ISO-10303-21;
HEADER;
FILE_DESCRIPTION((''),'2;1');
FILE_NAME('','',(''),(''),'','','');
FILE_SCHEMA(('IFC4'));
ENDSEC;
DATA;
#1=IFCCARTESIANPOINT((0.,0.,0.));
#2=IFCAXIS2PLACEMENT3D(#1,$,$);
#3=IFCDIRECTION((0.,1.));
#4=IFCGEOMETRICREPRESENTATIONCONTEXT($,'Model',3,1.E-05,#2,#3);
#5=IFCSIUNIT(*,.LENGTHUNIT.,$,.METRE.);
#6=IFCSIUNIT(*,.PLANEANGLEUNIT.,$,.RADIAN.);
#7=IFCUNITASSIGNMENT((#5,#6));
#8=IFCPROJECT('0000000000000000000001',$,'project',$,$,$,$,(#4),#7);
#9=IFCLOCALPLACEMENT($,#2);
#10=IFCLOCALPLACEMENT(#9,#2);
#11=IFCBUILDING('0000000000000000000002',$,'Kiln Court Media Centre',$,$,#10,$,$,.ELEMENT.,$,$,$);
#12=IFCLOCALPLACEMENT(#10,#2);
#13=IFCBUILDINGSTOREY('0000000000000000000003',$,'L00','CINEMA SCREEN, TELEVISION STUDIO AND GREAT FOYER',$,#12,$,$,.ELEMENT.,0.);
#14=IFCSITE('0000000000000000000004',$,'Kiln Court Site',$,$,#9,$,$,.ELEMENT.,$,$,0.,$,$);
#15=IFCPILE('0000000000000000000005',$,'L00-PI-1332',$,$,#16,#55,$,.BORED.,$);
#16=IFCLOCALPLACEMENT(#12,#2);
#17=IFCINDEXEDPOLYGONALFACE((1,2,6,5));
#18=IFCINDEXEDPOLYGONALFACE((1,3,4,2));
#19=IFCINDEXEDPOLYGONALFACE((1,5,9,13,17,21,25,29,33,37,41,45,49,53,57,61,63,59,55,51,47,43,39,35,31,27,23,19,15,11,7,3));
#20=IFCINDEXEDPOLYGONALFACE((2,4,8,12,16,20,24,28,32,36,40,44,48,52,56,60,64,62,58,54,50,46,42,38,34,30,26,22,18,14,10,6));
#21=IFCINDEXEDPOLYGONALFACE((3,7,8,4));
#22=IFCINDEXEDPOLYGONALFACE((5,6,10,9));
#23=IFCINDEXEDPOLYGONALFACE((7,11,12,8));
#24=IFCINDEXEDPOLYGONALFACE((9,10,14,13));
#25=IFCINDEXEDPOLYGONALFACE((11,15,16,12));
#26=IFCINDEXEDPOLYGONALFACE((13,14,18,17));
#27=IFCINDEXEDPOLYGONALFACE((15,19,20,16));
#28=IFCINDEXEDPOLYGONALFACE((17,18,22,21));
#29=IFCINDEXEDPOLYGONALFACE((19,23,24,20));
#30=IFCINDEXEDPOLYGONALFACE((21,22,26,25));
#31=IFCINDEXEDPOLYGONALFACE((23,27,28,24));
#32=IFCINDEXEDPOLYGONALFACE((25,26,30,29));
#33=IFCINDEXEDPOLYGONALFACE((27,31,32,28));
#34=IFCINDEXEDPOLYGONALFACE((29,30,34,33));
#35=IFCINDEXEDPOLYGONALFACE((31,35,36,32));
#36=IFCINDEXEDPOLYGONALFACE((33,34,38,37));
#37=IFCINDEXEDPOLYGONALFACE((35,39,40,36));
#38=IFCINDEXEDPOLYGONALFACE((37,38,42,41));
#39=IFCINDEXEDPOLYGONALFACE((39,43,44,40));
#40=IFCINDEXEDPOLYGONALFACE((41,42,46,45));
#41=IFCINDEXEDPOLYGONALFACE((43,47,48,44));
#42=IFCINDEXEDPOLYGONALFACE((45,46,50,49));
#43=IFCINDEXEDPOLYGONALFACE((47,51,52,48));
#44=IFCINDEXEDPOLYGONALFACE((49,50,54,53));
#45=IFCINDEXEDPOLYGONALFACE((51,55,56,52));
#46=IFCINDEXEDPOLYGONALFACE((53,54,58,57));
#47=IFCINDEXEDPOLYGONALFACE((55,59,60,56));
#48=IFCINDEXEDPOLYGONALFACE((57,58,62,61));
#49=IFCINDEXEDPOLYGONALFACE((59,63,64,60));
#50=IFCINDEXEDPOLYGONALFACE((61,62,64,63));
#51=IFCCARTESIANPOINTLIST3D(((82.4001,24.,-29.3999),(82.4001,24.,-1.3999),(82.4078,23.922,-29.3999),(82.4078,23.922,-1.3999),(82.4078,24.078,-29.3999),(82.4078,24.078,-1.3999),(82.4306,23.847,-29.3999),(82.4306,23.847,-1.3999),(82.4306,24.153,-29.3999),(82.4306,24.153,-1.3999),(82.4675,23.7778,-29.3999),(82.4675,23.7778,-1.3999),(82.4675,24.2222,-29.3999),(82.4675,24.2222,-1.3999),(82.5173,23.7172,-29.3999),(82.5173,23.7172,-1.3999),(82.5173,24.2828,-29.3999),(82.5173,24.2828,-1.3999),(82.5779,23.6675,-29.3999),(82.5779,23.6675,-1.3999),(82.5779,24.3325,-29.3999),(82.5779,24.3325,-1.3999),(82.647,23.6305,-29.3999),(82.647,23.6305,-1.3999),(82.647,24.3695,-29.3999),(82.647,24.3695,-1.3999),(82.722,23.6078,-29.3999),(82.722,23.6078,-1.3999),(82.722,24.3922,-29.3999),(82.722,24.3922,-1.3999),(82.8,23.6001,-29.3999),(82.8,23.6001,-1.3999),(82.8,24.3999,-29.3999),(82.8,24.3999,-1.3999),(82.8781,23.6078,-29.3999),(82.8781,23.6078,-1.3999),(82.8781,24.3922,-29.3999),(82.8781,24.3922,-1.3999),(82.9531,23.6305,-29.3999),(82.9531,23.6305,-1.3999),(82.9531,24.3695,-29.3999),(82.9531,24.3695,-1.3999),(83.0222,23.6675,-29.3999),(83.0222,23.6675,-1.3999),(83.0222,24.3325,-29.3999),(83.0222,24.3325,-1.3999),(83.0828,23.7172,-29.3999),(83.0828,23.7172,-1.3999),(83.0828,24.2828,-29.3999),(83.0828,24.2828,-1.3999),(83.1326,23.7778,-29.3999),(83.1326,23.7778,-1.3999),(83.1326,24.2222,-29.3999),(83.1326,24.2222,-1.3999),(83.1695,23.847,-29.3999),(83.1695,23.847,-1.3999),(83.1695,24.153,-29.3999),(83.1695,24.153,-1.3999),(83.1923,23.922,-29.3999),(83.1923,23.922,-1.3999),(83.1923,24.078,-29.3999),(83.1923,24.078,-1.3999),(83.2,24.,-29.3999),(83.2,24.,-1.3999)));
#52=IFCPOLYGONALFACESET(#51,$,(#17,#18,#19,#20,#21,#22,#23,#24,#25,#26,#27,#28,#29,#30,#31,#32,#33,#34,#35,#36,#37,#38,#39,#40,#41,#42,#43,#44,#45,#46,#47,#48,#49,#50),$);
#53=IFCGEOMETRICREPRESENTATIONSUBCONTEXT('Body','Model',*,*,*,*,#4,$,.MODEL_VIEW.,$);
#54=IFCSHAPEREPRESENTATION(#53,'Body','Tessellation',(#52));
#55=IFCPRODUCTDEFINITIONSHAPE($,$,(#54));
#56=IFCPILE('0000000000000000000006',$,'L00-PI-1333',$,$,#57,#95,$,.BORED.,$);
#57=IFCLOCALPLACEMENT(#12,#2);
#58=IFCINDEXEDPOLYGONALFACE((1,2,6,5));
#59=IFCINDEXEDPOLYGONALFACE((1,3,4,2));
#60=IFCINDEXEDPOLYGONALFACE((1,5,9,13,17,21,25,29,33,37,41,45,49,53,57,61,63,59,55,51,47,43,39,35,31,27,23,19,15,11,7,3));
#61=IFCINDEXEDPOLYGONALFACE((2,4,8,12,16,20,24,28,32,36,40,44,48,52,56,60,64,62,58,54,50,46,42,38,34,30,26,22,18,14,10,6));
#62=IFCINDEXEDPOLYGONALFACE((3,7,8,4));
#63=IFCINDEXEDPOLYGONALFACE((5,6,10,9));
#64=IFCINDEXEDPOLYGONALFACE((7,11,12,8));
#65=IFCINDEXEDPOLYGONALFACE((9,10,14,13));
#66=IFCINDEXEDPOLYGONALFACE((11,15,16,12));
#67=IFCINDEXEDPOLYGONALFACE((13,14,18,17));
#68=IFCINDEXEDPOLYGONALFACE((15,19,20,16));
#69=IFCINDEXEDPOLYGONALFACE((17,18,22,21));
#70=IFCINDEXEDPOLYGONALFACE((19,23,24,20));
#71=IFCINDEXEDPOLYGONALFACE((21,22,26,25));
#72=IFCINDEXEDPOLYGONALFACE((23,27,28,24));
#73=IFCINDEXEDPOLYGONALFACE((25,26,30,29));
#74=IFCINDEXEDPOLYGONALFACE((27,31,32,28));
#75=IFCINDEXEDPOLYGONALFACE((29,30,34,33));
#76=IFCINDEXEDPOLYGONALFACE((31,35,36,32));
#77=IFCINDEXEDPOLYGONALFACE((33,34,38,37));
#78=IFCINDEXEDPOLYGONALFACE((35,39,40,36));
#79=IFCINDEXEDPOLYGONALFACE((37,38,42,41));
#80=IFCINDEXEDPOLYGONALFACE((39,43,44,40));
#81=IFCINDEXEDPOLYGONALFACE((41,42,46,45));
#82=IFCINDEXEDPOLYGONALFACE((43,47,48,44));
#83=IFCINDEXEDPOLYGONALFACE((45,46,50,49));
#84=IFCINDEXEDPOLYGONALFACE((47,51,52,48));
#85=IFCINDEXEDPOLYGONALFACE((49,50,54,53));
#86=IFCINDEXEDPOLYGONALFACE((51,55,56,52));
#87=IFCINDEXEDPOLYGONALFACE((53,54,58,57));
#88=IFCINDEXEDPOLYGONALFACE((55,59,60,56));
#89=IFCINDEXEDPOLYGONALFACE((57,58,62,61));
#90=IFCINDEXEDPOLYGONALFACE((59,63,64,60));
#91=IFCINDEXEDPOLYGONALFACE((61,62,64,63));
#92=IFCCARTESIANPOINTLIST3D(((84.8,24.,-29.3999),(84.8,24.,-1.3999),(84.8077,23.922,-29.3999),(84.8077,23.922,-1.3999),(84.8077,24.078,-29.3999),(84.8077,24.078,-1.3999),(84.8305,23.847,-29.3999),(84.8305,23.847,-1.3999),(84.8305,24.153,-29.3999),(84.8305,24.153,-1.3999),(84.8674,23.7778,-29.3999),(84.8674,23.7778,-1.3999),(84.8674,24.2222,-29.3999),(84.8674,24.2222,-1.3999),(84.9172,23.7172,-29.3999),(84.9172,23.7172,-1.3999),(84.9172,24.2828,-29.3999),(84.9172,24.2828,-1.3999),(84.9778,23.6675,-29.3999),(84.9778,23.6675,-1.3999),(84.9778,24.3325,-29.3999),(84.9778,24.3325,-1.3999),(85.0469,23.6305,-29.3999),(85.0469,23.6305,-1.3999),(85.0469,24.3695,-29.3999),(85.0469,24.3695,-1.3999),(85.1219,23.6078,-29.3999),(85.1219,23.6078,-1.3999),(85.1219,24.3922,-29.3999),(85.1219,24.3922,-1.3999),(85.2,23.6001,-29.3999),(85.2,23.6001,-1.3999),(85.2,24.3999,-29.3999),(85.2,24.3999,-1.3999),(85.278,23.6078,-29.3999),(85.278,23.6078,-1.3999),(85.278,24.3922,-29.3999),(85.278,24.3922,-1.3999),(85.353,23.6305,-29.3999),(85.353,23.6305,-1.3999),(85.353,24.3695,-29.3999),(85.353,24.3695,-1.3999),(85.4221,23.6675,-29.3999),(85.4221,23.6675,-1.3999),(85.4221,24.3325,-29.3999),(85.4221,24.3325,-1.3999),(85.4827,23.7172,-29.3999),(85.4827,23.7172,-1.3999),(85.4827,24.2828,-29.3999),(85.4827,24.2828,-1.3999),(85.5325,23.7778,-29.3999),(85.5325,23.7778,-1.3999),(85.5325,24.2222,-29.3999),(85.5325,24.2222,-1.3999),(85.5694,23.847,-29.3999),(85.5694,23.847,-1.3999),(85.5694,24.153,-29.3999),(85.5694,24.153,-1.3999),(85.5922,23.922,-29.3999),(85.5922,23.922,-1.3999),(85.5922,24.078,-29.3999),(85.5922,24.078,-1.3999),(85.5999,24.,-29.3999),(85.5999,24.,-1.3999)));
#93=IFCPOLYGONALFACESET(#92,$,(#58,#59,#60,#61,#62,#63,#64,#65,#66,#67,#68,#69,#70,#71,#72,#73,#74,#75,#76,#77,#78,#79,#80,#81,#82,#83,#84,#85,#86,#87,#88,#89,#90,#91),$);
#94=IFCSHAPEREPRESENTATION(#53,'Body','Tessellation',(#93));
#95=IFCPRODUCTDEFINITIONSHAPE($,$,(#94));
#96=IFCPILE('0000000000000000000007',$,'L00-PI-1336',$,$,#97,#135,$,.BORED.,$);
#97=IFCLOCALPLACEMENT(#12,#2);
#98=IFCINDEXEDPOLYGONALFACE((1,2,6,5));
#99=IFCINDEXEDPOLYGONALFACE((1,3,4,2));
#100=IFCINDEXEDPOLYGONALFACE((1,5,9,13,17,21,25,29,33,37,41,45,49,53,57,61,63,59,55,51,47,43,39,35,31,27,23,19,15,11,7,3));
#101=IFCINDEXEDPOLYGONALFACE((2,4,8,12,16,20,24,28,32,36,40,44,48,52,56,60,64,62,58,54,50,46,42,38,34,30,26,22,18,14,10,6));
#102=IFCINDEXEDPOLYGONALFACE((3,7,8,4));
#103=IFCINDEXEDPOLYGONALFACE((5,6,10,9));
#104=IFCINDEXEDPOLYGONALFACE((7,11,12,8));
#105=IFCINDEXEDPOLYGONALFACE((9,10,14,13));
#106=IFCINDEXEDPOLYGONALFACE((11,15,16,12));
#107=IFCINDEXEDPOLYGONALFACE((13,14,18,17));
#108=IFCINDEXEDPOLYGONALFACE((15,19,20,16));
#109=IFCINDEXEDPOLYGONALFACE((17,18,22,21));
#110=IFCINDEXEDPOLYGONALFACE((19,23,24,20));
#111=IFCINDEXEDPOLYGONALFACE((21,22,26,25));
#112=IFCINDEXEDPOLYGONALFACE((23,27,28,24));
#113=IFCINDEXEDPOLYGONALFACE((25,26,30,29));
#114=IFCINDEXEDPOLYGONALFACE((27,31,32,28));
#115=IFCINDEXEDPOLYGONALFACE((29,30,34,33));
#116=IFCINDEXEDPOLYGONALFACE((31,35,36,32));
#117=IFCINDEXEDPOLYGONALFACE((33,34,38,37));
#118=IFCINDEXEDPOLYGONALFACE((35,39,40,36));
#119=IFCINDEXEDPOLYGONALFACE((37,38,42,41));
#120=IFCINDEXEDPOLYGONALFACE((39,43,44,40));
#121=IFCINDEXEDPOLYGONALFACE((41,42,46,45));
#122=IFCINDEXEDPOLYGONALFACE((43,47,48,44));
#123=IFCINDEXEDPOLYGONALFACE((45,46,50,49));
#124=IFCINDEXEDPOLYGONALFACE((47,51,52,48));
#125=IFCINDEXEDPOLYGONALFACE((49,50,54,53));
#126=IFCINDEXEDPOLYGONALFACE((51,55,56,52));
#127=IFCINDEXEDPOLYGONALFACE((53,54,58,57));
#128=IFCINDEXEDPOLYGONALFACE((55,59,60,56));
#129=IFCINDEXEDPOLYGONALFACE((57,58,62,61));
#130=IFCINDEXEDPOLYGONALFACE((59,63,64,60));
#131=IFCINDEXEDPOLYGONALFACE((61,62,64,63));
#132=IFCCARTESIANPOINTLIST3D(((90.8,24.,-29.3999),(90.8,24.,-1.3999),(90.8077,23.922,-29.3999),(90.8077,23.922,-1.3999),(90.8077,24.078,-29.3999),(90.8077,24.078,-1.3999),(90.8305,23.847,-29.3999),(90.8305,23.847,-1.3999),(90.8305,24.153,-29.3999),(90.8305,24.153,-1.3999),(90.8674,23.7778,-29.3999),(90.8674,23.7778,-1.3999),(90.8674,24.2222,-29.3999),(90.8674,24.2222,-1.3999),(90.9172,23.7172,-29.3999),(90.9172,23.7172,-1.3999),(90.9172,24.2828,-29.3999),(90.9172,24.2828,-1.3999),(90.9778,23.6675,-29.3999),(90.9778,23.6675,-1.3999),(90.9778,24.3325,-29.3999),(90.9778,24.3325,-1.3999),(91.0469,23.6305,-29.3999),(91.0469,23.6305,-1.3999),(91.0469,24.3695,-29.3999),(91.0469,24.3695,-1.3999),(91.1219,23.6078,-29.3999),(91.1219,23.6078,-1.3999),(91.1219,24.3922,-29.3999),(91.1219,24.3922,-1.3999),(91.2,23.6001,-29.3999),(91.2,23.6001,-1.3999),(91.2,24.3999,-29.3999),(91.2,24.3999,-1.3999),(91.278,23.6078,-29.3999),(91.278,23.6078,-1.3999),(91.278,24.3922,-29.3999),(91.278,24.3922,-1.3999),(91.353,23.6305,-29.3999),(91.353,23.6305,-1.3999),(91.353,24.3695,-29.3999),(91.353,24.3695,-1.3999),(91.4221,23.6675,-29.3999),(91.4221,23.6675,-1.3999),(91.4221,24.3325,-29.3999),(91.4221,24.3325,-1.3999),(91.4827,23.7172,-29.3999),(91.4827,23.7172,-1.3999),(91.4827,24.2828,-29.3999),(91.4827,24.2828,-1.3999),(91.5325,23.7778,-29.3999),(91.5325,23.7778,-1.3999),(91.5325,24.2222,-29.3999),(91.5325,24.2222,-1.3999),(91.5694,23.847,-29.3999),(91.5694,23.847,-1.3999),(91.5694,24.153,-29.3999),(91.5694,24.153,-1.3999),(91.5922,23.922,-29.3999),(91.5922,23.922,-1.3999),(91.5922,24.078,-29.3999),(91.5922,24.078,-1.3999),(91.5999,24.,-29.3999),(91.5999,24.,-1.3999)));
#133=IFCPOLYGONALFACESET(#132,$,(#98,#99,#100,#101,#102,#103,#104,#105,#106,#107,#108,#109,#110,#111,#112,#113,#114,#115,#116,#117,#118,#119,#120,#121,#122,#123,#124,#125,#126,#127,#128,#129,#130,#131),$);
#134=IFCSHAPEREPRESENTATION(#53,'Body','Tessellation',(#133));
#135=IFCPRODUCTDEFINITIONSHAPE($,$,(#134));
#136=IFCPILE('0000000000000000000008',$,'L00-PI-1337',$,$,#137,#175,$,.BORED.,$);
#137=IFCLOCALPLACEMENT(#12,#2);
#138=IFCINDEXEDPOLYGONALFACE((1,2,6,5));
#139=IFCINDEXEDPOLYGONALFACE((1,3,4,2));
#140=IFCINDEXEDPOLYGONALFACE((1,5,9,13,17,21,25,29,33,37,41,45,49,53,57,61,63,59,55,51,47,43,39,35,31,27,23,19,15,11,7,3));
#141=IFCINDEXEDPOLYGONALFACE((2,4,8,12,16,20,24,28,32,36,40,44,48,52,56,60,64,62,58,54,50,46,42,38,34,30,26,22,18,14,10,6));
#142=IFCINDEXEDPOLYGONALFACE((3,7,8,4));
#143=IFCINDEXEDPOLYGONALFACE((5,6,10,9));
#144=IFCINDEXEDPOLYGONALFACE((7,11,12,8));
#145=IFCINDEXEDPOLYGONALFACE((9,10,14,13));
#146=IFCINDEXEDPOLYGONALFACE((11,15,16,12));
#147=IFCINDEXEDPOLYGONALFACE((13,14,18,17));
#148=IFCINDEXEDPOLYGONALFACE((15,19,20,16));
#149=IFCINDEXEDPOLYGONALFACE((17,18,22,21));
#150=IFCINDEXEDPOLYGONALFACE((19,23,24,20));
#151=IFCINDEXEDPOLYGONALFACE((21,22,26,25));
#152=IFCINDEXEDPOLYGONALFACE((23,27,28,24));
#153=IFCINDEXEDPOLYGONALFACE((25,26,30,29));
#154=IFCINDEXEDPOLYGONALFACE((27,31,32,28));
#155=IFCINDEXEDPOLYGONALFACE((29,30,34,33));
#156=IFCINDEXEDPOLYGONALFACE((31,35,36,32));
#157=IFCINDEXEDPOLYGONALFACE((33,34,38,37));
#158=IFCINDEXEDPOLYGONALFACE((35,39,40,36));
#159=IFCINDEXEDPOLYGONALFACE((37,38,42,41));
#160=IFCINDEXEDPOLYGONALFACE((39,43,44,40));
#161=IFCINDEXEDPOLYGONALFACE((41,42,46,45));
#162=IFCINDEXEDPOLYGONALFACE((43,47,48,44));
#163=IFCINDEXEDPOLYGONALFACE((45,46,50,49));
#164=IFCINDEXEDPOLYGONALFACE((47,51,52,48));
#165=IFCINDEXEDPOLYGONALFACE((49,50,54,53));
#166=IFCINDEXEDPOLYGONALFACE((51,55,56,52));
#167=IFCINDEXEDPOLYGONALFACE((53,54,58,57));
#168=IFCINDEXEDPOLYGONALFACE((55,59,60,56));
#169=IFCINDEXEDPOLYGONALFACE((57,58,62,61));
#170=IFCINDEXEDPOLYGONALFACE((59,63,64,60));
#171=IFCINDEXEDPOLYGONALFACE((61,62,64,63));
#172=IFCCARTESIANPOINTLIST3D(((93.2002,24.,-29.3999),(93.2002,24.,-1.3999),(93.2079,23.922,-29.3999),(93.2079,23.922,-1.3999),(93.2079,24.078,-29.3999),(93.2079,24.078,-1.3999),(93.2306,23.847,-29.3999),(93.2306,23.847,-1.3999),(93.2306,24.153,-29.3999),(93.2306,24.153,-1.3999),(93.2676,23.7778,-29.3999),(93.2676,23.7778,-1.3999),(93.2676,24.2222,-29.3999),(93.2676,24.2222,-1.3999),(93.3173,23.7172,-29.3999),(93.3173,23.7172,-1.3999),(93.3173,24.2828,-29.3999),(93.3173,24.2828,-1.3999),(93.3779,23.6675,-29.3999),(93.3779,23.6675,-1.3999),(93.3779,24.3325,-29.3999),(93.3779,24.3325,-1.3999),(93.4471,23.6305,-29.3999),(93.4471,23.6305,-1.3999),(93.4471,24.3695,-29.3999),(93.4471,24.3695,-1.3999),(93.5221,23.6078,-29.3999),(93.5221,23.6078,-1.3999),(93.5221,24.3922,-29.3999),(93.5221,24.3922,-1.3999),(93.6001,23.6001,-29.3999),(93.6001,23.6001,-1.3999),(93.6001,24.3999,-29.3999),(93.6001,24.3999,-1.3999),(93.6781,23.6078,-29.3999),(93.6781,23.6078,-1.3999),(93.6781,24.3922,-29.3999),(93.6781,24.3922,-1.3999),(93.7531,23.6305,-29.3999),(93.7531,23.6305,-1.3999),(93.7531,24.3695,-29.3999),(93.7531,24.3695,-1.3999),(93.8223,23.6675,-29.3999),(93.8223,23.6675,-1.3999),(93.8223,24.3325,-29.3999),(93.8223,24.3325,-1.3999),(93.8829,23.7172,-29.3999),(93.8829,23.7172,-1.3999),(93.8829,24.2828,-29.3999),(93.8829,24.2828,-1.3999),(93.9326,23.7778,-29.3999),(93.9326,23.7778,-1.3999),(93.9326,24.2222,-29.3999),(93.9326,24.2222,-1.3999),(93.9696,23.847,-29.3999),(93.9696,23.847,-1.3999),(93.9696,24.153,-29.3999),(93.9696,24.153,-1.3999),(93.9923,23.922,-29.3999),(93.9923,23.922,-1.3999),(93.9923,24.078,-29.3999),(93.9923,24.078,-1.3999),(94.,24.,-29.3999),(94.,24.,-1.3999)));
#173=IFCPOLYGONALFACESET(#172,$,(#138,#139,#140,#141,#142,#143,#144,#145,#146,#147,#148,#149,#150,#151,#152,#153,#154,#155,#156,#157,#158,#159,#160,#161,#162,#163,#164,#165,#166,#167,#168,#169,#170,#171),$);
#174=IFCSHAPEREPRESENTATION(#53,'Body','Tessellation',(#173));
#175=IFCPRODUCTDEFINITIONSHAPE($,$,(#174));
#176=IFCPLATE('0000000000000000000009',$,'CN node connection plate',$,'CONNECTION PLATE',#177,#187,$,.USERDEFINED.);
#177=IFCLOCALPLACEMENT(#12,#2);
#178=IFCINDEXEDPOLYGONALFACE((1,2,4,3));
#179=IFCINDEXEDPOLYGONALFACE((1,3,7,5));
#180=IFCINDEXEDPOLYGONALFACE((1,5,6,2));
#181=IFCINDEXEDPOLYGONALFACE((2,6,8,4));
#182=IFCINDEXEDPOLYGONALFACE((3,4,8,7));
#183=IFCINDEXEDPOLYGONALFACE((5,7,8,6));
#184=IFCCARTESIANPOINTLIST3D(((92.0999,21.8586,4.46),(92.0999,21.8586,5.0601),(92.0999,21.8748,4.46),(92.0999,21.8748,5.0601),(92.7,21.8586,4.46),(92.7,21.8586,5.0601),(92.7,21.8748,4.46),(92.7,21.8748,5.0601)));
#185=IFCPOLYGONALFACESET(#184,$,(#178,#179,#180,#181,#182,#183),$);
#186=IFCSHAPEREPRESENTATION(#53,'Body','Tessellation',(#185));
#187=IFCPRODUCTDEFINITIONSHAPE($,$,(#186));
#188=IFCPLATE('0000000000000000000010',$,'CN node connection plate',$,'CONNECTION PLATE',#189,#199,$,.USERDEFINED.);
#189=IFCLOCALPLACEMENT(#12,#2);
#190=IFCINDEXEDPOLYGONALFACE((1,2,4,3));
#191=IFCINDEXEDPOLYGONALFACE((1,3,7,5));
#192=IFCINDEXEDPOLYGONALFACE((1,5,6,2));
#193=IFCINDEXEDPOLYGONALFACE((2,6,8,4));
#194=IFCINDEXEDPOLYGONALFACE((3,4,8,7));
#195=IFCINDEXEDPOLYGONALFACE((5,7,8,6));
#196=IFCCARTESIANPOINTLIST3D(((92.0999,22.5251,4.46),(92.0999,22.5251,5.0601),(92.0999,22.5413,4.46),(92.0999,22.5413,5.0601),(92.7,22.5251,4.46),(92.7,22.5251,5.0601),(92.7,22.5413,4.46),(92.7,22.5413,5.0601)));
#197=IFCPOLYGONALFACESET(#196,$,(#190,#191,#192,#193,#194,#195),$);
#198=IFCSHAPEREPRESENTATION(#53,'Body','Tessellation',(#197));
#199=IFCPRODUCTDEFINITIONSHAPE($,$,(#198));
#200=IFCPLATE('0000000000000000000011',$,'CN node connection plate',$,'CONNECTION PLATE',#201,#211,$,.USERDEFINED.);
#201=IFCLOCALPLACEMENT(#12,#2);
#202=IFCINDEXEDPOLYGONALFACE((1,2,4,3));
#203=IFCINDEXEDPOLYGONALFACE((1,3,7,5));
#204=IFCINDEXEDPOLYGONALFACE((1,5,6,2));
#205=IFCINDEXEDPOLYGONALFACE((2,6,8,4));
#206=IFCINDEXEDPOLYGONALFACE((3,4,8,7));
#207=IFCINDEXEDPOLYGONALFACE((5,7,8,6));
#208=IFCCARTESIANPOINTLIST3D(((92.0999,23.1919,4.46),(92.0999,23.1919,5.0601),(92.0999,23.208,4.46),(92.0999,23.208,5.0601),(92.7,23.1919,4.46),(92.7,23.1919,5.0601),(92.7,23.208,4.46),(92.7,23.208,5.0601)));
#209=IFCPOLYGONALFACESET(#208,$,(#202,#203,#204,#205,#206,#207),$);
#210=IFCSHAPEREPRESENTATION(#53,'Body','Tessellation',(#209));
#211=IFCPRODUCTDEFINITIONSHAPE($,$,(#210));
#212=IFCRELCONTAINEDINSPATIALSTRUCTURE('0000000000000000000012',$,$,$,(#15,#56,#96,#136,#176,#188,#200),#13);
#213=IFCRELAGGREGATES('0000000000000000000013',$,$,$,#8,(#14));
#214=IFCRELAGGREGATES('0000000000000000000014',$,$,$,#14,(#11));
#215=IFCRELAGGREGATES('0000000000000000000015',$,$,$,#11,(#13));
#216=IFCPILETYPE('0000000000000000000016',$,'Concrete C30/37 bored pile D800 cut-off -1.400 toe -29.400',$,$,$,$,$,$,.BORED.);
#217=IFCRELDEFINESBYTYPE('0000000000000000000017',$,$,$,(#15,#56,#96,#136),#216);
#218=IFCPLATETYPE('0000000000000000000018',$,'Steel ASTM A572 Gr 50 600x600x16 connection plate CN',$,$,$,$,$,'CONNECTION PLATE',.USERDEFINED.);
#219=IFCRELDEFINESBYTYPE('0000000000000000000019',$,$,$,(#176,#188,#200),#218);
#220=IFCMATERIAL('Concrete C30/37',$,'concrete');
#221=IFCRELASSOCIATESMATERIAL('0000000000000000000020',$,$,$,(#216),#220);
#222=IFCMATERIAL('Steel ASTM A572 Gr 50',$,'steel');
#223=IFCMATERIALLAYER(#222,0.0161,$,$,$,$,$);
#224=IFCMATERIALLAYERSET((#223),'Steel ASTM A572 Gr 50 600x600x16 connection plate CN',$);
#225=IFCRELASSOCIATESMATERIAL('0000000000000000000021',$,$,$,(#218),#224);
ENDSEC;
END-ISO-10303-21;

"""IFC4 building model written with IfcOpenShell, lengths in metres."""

from ifc_helpers import new_model, si_unit, direction, frame, origin, origin_2d, place, context, subcontext, project, spatial, rectangle, circle, extrude, material, layer, layer_set, material_profile, profile_set, type_object, element, save


model = new_model("IFC4")

# Units and contexts
model_context = context("Model", 3, precision=1e-05, world=origin(), true_north=direction((0.0, 1.0)))
body_context = subcontext(model_context, "Body", "Model", "MODEL_VIEW")
ifc_project = project(units=[si_unit("LENGTHUNIT", "METRE"), si_unit("PLANEANGLEUNIT", "RADIAN")], contexts=[model_context])

# Site, building, storey
site_placement = place(None, origin())
site = spatial("IfcSite", under=ifc_project, at=site_placement, Name="Kiln Court Site", CompositionType="ELEMENT", RefElevation=0.0)
building_placement = place(site_placement, origin())
building = spatial("IfcBuilding", under=site, at=building_placement, Name="Kiln Court Media Centre", CompositionType="ELEMENT")
storey_placement = place(building_placement, origin())
storey = spatial("IfcBuildingStorey", under=building, at=storey_placement, Name="L00", Description="CINEMA SCREEN, TELEVISION STUDIO AND GREAT FOYER", CompositionType="ELEMENT", Elevation=0.0)

# Piles
ifc_material_1 = material(Name="Concrete C30/37", Category="concrete")
ifc_material_profile = material_profile(ifc_material_1, circle(Radius=0.3999, at=origin_2d()), Name="PILE D800")
ifc_profile_set = profile_set([ifc_material_profile], Name="Concrete C30/37")
pile_type = type_object("IfcPileType", Name="Concrete C30/37 bored pile D800 cut-off -1.400 toe -29.400", PredefinedType="BORED", material=ifc_profile_set)
for number, where, z_axis, x_axis, name in (
    (1, (82.8, 24.0, -1.3999), (0.0, 0.0, -1.0), (1.0, 0.0, 0.0), "L00-PI-1332"),
    (2, (85.2, 24.0, -1.3999), (0.0, 0.0, -1.0), (1.0, 0.0, 0.0), "L00-PI-1333"),
    (3, (91.2, 24.0, -1.3999), (0.0, 0.0, -1.0), (1.0, 0.0, 0.0), "L00-PI-1336"),
    (4, (93.6001, 24.0, -1.3999), (0.0, 0.0, -1.0), (1.0, 0.0, 0.0), "L00-PI-1337"),
):
    element("IfcPile", number, at=place(storey_placement, frame(where, z_axis=z_axis, x_axis=x_axis)), inside=storey, type_object=pile_type, Name=name, PredefinedType="BORED", context=body_context, shape_type="SweptSolid", body=[
        extrude(circle(Radius=0.3999, at=origin_2d()), origin(), (0.0, 0.0, 1.0), 28.0),
    ])

# Plates
ifc_material_2 = material(Name="Steel ASTM A572 Gr 50", Category="steel")
ifc_layer_1 = layer(ifc_material_2, 0.0161)
ifc_layer_set_1 = layer_set([ifc_layer_1], Name="Steel ASTM A572 Gr 50 600x600x16 connection plate CN")
plate_type_1 = type_object("IfcPlateType", Name="Steel ASTM A572 Gr 50 600x600x16 connection plate CN", ElementType="CONNECTION PLATE", PredefinedType="USERDEFINED", material=ifc_layer_set_1)
for number, where, z_axis, x_axis, name in (
    (5, (92.3999, 21.8667, 4.46), (0.0, 0.0, 1.0), (1.0, 0.0, 0.0), "CN node connection plate"),
    (6, (92.3999, 22.5332, 4.46), (0.0, 0.0, 1.0), (1.0, 0.0, 0.0), "CN node connection plate"),
    (7, (92.3999, 23.2, 4.46), (0.0, 0.0, 1.0), (1.0, 0.0, 0.0), "CN node connection plate"),
):
    element("IfcPlate", number, at=place(storey_placement, frame(where, z_axis=z_axis, x_axis=x_axis)), inside=storey, type_object=plate_type_1, Name=name, ObjectType="CONNECTION PLATE", PredefinedType="USERDEFINED", context=body_context, shape_type="SweptSolid", body=[
        extrude(rectangle(XDim=0.6001, YDim=0.0161, at=origin_2d()), origin(), (0.0, 0.0, 1.0), 0.6001),
    ])

save(model, "model.ifc")
